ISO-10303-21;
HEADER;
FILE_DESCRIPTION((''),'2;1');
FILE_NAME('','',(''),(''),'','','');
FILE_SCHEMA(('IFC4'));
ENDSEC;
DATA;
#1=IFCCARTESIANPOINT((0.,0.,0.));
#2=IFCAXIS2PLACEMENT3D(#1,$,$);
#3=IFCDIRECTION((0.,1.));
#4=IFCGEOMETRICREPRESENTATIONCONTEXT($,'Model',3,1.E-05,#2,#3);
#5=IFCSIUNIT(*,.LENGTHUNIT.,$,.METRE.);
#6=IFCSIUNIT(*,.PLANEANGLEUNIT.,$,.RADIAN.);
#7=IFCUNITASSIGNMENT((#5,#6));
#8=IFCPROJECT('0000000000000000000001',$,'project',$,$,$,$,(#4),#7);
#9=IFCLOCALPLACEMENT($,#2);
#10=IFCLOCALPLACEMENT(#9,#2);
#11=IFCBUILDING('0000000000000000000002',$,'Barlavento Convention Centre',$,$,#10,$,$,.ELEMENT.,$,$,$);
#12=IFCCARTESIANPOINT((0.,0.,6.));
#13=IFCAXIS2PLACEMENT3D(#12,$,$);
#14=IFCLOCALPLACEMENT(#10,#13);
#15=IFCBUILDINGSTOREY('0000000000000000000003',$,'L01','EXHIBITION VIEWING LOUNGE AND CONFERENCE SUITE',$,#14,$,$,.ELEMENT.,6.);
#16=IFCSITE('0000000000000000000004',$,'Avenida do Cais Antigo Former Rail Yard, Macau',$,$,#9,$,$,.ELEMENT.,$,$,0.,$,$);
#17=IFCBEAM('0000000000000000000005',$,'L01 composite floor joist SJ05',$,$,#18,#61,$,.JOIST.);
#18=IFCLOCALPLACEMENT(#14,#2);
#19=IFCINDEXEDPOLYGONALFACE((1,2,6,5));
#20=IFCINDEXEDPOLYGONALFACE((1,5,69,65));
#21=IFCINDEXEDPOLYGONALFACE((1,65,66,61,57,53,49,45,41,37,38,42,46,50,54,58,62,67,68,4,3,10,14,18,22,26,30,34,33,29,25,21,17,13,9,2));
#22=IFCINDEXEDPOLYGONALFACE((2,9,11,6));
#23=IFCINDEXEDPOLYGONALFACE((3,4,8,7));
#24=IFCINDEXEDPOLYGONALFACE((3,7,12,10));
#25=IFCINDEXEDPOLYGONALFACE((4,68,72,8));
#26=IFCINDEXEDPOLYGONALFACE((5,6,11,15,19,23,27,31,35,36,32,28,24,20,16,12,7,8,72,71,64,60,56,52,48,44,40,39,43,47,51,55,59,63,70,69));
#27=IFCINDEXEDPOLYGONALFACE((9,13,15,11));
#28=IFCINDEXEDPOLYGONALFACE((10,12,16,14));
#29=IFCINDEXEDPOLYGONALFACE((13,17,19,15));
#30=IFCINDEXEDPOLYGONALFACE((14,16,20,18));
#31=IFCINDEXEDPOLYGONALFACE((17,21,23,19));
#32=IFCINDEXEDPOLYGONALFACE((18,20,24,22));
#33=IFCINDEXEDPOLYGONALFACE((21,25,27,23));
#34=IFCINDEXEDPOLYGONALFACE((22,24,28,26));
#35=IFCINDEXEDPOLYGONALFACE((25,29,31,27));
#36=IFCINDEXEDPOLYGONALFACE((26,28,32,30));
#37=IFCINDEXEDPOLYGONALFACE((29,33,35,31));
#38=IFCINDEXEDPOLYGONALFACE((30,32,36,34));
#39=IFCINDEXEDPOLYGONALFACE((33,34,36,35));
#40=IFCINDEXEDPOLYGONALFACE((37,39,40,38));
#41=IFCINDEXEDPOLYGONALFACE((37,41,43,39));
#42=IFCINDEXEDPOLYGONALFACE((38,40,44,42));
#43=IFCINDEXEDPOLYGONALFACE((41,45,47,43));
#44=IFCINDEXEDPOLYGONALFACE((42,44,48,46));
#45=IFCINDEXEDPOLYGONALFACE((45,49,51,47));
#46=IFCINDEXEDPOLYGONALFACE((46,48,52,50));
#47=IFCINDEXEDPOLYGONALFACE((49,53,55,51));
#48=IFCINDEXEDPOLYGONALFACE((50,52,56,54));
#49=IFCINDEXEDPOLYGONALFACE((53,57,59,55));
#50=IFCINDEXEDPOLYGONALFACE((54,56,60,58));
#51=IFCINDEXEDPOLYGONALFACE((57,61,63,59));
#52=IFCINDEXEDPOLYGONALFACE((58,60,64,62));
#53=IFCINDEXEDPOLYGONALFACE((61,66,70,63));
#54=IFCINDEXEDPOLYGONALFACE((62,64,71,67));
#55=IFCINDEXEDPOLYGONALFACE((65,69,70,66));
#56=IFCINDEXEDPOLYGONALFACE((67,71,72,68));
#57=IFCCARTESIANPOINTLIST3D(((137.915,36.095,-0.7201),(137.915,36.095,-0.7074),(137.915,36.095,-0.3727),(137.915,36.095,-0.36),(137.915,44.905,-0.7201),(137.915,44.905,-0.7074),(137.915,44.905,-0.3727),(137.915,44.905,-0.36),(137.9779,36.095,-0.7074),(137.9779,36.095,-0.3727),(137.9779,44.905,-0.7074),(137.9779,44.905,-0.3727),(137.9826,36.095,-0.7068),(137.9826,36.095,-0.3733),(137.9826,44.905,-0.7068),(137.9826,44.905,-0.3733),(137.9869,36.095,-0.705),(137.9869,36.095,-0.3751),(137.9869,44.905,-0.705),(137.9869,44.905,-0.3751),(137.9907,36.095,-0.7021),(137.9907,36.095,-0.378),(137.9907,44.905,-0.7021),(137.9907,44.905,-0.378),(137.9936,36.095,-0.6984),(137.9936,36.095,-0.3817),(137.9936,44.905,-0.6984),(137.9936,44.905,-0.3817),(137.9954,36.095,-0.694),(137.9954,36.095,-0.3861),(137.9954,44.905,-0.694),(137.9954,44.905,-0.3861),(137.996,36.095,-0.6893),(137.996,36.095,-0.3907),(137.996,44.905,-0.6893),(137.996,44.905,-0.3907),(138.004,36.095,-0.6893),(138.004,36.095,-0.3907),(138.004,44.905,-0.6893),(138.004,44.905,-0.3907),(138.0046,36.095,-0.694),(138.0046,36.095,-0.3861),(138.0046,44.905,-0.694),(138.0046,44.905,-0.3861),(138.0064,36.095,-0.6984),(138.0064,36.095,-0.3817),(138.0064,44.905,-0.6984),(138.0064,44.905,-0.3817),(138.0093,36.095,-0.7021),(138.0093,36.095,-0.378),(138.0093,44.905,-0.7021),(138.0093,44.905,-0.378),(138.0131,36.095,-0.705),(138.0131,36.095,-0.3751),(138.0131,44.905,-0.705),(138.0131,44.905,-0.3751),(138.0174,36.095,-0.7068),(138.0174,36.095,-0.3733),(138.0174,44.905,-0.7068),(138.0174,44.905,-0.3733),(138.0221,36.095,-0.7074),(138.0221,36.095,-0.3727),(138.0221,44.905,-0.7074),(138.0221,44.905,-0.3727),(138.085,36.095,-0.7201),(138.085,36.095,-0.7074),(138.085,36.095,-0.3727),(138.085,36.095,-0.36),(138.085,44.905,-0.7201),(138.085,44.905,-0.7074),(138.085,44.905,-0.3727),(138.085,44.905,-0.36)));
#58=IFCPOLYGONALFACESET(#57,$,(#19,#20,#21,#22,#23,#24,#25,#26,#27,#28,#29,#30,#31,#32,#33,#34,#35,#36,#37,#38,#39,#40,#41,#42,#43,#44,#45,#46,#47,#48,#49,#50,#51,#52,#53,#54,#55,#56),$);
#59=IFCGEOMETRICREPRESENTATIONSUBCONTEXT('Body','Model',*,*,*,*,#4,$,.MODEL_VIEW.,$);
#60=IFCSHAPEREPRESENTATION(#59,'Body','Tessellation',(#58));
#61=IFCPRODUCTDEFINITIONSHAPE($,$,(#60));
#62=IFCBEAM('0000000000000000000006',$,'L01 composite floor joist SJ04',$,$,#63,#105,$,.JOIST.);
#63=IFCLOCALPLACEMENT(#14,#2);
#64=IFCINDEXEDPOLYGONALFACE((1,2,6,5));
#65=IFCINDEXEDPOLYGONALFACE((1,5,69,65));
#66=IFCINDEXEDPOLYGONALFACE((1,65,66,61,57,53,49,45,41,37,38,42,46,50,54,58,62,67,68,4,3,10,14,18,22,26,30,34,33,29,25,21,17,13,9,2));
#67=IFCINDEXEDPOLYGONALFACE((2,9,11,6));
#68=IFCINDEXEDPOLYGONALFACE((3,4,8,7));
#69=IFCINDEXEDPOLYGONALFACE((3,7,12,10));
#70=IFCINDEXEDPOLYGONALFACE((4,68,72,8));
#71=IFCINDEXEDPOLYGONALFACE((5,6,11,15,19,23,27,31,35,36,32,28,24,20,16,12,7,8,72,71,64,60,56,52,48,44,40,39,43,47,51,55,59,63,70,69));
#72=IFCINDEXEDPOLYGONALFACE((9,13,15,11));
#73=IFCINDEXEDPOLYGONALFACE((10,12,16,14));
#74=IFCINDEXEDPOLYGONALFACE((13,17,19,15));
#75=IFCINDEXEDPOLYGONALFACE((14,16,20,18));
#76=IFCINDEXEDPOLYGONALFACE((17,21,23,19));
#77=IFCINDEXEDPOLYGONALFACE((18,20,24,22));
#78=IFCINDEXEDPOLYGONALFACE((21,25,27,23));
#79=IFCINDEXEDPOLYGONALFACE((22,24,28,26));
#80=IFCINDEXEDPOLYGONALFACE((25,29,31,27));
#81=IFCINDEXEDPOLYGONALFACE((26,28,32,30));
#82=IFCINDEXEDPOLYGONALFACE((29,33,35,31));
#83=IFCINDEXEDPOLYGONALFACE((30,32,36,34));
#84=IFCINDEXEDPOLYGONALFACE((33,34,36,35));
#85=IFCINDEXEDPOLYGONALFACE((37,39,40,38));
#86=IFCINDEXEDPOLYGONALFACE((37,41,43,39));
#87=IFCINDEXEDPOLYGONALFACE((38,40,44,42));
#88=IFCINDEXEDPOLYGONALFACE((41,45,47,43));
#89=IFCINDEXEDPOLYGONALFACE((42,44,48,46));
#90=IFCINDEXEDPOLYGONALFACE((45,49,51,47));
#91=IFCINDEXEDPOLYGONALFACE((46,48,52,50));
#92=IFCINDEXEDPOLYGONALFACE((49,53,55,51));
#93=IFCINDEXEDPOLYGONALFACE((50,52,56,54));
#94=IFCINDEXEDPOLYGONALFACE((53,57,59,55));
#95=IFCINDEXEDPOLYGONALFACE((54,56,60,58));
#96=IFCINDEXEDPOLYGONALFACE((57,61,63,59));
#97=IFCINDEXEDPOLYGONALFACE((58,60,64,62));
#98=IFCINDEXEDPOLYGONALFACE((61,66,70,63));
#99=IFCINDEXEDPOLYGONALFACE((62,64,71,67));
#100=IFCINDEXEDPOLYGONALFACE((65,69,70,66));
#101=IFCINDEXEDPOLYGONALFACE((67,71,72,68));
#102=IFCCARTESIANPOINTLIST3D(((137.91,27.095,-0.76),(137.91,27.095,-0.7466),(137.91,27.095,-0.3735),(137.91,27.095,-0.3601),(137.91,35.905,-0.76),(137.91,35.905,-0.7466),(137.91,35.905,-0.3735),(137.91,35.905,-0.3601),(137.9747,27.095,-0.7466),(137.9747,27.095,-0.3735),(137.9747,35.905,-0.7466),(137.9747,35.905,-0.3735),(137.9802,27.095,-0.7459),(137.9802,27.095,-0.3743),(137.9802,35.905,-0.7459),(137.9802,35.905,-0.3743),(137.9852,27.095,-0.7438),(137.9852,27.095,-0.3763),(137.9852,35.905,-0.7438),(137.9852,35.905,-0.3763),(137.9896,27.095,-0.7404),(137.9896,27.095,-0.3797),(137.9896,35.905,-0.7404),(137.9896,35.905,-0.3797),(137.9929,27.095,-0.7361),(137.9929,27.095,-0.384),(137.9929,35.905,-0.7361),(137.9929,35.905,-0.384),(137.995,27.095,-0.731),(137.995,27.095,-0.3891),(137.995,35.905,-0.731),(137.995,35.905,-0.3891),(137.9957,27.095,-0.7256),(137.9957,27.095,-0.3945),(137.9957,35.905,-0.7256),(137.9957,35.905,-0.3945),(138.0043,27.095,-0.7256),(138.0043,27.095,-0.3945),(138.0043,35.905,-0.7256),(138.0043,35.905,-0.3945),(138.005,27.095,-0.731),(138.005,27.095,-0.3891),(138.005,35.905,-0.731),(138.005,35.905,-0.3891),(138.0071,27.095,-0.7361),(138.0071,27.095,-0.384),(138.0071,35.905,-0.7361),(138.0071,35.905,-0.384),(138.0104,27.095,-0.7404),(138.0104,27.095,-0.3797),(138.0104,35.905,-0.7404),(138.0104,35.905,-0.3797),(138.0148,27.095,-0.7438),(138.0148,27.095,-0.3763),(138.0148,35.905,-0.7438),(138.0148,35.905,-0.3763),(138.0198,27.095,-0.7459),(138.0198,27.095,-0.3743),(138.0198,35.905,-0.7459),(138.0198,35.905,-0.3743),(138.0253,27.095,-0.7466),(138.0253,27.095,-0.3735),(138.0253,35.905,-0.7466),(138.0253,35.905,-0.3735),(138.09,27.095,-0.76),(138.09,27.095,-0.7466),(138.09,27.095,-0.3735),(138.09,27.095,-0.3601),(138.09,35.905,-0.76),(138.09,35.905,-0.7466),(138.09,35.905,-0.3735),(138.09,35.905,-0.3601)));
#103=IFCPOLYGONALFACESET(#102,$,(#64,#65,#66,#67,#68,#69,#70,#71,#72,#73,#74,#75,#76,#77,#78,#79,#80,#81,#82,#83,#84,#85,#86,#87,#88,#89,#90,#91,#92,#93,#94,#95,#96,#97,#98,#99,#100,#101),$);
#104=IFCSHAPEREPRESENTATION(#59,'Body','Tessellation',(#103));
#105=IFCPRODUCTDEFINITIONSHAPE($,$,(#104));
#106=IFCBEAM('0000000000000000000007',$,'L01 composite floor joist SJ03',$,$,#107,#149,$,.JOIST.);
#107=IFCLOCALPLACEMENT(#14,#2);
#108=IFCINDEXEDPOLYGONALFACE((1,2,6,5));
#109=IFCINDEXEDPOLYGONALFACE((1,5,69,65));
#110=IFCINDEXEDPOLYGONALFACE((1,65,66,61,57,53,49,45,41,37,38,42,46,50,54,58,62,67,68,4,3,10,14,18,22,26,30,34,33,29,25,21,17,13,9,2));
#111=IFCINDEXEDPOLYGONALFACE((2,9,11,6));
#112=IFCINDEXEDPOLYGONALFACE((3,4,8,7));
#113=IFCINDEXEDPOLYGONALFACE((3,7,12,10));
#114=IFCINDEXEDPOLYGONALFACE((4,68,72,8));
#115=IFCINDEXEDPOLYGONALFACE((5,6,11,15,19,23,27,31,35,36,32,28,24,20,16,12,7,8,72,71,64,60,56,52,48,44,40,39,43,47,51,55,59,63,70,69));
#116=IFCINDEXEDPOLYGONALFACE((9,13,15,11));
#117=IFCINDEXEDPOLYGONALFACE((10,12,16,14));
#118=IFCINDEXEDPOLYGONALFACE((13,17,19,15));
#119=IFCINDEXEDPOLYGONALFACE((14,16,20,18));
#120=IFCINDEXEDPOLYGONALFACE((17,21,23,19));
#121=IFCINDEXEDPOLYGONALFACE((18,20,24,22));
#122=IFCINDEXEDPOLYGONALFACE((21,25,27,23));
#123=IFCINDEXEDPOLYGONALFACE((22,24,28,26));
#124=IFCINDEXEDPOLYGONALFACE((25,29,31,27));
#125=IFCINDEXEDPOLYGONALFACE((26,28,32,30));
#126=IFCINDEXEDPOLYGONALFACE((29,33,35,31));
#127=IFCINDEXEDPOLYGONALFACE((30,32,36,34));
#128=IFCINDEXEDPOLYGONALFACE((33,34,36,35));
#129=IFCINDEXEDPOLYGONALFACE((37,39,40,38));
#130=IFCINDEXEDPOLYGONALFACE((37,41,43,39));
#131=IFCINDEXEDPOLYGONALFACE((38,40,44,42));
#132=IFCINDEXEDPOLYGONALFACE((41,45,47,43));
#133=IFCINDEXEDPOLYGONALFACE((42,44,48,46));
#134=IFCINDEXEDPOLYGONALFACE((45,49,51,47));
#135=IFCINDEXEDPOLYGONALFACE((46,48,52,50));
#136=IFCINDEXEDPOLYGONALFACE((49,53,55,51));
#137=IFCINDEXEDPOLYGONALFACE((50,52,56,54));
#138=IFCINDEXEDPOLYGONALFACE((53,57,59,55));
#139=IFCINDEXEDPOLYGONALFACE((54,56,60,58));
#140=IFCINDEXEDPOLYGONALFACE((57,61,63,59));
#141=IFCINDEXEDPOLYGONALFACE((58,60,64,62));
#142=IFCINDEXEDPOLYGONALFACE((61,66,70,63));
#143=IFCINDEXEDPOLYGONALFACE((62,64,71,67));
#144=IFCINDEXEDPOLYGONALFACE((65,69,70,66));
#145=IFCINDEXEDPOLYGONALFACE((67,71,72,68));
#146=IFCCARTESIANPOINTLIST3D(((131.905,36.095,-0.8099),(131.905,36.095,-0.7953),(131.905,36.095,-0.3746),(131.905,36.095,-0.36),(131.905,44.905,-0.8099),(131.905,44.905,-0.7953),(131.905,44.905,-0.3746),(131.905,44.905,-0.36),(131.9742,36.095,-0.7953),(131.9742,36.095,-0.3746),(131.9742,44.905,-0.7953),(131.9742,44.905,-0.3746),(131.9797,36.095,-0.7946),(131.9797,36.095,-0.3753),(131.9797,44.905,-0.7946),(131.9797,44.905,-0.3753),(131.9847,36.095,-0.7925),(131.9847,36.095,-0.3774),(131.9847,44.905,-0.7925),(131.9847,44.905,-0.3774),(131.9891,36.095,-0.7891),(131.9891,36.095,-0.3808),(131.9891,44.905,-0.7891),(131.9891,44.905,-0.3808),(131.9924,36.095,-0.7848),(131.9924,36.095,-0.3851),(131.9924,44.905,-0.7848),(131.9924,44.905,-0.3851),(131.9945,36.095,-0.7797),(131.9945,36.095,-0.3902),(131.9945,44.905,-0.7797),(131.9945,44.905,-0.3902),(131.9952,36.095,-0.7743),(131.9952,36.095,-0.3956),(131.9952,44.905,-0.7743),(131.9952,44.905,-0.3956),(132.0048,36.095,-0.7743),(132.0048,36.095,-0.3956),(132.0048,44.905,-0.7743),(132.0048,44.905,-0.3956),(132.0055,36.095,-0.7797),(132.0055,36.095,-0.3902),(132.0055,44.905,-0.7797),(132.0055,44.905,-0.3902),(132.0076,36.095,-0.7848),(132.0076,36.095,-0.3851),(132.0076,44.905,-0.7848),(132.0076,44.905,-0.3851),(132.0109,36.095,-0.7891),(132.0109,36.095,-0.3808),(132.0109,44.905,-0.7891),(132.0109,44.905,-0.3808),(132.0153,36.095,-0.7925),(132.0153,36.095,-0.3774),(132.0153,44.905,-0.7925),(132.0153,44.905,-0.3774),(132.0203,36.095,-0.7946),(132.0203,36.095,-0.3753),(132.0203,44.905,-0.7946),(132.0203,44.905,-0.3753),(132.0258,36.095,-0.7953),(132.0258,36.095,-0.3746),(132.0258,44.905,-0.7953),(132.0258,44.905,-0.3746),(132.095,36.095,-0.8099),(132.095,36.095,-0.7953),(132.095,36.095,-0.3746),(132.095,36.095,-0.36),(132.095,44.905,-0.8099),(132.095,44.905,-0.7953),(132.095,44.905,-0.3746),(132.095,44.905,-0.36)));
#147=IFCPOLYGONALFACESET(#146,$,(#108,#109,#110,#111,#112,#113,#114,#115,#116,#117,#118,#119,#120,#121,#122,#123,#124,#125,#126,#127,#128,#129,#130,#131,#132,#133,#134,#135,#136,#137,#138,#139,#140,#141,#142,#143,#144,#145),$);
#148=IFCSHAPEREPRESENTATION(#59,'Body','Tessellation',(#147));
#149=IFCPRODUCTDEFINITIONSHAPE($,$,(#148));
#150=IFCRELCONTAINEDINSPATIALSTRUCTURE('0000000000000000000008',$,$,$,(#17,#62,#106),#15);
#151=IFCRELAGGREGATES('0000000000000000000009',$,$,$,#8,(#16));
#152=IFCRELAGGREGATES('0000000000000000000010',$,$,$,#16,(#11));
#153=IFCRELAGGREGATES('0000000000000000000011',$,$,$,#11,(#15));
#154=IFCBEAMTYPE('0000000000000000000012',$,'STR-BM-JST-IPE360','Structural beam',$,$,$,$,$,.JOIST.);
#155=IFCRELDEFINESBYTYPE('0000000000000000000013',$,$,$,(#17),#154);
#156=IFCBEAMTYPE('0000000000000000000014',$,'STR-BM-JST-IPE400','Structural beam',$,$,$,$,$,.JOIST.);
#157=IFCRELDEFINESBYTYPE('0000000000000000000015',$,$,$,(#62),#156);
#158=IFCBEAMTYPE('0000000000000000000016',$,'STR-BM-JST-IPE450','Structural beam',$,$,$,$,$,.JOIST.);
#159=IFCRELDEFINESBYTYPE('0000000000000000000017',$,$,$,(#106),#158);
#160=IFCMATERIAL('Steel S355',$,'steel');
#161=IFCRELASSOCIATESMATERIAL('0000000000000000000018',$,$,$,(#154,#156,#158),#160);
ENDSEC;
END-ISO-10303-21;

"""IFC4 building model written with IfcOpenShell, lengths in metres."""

from ifc_helpers import new_model, si_unit, direction, frame, origin, origin_2d, place, context, subcontext, project, spatial, i_section, extrude, material, material_profile, profile_set, type_object, element, save


model = new_model("IFC4")

# Units and contexts
model_context = context("Model", 3, precision=1e-05, world=origin(), true_north=direction((0.0, 1.0)))
body_context = subcontext(model_context, "Body", "Model", "MODEL_VIEW")
ifc_project = project(units=[si_unit("LENGTHUNIT", "METRE"), si_unit("PLANEANGLEUNIT", "RADIAN")], contexts=[model_context])

# Site, building, storey
site_placement = place(None, origin())
site = spatial("IfcSite", under=ifc_project, at=site_placement, Name="Avenida do Cais Antigo Former Rail Yard, Macau", CompositionType="ELEMENT", RefElevation=0.0)
building_placement = place(site_placement, origin())
building = spatial("IfcBuilding", under=site, at=building_placement, Name="Barlavento Convention Centre", CompositionType="ELEMENT")
storey_placement = place(building_placement, frame((0.0, 0.0, 6.0)))
storey = spatial("IfcBuildingStorey", under=building, at=storey_placement, Name="L01", Description="EXHIBITION VIEWING LOUNGE AND CONFERENCE SUITE", CompositionType="ELEMENT", Elevation=6.0)

# Shared definitions
ifc_material_1 = material(Name="Steel S355", Category="steel")

# Beams
ifc_material_profile_1 = material_profile(ifc_material_1, i_section(OverallWidth=0.1699, OverallDepth=0.3601, WebThickness=0.0081, FlangeThickness=0.0127, FilletRadius=0.0181, at=origin_2d()), Name="IPE 360")
ifc_profile_set_1 = profile_set([ifc_material_profile_1], Name="Steel S355")
beam_type_1 = type_object("IfcBeamType", Name="STR-BM-JST-IPE360", Description="Structural beam", PredefinedType="JOIST", material=ifc_profile_set_1)
for number, where, z_axis, x_axis, name in (
    (1, (138.0, 36.095, -0.54), (0.0, 1.0, 0.0), (-1.0, 0.0, 0.0), "L01 composite floor joist SJ05"),
):
    element("IfcBeam", number, at=place(storey_placement, frame(where, z_axis=z_axis, x_axis=x_axis)), inside=storey, type_object=beam_type_1, Name=name, PredefinedType="JOIST", context=body_context, shape_type="SweptSolid", body=[
        extrude(i_section(OverallWidth=0.1699, OverallDepth=0.3601, WebThickness=0.0081, FlangeThickness=0.0127, FilletRadius=0.0181, at=origin_2d()), origin(), (0.0, 0.0, 1.0), 8.8101),
    ])
ifc_material_profile_2 = material_profile(ifc_material_1, i_section(OverallWidth=0.1799, OverallDepth=0.3999, WebThickness=0.0085, FlangeThickness=0.0134, FilletRadius=0.021, at=origin_2d()), Name="IPE 400")
ifc_profile_set_2 = profile_set([ifc_material_profile_2], Name="Steel S355")
beam_type_2 = type_object("IfcBeamType", Name="STR-BM-JST-IPE400", Description="Structural beam", PredefinedType="JOIST", material=ifc_profile_set_2)
beam_1_placement = place(storey_placement, frame((138.0, 27.095, -0.5601), z_axis=(0.0, 1.0, 0.0), x_axis=(-1.0, 0.0, 0.0)))
element("IfcBeam", 2, at=beam_1_placement, inside=storey, type_object=beam_type_2, Name="L01 composite floor joist SJ04", PredefinedType="JOIST", context=body_context, shape_type="SweptSolid", body=[
    extrude(i_section(OverallWidth=0.1799, OverallDepth=0.3999, WebThickness=0.0085, FlangeThickness=0.0134, FilletRadius=0.021, at=origin_2d()), origin(), (0.0, 0.0, 1.0), 8.8101),
])
ifc_material_profile_3 = material_profile(ifc_material_1, i_section(OverallWidth=0.1899, OverallDepth=0.45, WebThickness=0.0095, FlangeThickness=0.0146, FilletRadius=0.021, at=origin_2d()), Name="IPE 450")
ifc_profile_set_3 = profile_set([ifc_material_profile_3], Name="Steel S355")
beam_type_3 = type_object("IfcBeamType", Name="STR-BM-JST-IPE450", Description="Structural beam", PredefinedType="JOIST", material=ifc_profile_set_3)
beam_2_placement = place(storey_placement, frame((132.0, 36.095, -0.585), z_axis=(0.0, 1.0, 0.0), x_axis=(-1.0, 0.0, 0.0)))
element("IfcBeam", 3, at=beam_2_placement, inside=storey, type_object=beam_type_3, Name="L01 composite floor joist SJ03", PredefinedType="JOIST", context=body_context, shape_type="SweptSolid", body=[
    extrude(i_section(OverallWidth=0.1899, OverallDepth=0.45, WebThickness=0.0095, FlangeThickness=0.0146, FilletRadius=0.021, at=origin_2d()), origin(), (0.0, 0.0, 1.0), 8.8101),
])

save(model, "model.ifc")
